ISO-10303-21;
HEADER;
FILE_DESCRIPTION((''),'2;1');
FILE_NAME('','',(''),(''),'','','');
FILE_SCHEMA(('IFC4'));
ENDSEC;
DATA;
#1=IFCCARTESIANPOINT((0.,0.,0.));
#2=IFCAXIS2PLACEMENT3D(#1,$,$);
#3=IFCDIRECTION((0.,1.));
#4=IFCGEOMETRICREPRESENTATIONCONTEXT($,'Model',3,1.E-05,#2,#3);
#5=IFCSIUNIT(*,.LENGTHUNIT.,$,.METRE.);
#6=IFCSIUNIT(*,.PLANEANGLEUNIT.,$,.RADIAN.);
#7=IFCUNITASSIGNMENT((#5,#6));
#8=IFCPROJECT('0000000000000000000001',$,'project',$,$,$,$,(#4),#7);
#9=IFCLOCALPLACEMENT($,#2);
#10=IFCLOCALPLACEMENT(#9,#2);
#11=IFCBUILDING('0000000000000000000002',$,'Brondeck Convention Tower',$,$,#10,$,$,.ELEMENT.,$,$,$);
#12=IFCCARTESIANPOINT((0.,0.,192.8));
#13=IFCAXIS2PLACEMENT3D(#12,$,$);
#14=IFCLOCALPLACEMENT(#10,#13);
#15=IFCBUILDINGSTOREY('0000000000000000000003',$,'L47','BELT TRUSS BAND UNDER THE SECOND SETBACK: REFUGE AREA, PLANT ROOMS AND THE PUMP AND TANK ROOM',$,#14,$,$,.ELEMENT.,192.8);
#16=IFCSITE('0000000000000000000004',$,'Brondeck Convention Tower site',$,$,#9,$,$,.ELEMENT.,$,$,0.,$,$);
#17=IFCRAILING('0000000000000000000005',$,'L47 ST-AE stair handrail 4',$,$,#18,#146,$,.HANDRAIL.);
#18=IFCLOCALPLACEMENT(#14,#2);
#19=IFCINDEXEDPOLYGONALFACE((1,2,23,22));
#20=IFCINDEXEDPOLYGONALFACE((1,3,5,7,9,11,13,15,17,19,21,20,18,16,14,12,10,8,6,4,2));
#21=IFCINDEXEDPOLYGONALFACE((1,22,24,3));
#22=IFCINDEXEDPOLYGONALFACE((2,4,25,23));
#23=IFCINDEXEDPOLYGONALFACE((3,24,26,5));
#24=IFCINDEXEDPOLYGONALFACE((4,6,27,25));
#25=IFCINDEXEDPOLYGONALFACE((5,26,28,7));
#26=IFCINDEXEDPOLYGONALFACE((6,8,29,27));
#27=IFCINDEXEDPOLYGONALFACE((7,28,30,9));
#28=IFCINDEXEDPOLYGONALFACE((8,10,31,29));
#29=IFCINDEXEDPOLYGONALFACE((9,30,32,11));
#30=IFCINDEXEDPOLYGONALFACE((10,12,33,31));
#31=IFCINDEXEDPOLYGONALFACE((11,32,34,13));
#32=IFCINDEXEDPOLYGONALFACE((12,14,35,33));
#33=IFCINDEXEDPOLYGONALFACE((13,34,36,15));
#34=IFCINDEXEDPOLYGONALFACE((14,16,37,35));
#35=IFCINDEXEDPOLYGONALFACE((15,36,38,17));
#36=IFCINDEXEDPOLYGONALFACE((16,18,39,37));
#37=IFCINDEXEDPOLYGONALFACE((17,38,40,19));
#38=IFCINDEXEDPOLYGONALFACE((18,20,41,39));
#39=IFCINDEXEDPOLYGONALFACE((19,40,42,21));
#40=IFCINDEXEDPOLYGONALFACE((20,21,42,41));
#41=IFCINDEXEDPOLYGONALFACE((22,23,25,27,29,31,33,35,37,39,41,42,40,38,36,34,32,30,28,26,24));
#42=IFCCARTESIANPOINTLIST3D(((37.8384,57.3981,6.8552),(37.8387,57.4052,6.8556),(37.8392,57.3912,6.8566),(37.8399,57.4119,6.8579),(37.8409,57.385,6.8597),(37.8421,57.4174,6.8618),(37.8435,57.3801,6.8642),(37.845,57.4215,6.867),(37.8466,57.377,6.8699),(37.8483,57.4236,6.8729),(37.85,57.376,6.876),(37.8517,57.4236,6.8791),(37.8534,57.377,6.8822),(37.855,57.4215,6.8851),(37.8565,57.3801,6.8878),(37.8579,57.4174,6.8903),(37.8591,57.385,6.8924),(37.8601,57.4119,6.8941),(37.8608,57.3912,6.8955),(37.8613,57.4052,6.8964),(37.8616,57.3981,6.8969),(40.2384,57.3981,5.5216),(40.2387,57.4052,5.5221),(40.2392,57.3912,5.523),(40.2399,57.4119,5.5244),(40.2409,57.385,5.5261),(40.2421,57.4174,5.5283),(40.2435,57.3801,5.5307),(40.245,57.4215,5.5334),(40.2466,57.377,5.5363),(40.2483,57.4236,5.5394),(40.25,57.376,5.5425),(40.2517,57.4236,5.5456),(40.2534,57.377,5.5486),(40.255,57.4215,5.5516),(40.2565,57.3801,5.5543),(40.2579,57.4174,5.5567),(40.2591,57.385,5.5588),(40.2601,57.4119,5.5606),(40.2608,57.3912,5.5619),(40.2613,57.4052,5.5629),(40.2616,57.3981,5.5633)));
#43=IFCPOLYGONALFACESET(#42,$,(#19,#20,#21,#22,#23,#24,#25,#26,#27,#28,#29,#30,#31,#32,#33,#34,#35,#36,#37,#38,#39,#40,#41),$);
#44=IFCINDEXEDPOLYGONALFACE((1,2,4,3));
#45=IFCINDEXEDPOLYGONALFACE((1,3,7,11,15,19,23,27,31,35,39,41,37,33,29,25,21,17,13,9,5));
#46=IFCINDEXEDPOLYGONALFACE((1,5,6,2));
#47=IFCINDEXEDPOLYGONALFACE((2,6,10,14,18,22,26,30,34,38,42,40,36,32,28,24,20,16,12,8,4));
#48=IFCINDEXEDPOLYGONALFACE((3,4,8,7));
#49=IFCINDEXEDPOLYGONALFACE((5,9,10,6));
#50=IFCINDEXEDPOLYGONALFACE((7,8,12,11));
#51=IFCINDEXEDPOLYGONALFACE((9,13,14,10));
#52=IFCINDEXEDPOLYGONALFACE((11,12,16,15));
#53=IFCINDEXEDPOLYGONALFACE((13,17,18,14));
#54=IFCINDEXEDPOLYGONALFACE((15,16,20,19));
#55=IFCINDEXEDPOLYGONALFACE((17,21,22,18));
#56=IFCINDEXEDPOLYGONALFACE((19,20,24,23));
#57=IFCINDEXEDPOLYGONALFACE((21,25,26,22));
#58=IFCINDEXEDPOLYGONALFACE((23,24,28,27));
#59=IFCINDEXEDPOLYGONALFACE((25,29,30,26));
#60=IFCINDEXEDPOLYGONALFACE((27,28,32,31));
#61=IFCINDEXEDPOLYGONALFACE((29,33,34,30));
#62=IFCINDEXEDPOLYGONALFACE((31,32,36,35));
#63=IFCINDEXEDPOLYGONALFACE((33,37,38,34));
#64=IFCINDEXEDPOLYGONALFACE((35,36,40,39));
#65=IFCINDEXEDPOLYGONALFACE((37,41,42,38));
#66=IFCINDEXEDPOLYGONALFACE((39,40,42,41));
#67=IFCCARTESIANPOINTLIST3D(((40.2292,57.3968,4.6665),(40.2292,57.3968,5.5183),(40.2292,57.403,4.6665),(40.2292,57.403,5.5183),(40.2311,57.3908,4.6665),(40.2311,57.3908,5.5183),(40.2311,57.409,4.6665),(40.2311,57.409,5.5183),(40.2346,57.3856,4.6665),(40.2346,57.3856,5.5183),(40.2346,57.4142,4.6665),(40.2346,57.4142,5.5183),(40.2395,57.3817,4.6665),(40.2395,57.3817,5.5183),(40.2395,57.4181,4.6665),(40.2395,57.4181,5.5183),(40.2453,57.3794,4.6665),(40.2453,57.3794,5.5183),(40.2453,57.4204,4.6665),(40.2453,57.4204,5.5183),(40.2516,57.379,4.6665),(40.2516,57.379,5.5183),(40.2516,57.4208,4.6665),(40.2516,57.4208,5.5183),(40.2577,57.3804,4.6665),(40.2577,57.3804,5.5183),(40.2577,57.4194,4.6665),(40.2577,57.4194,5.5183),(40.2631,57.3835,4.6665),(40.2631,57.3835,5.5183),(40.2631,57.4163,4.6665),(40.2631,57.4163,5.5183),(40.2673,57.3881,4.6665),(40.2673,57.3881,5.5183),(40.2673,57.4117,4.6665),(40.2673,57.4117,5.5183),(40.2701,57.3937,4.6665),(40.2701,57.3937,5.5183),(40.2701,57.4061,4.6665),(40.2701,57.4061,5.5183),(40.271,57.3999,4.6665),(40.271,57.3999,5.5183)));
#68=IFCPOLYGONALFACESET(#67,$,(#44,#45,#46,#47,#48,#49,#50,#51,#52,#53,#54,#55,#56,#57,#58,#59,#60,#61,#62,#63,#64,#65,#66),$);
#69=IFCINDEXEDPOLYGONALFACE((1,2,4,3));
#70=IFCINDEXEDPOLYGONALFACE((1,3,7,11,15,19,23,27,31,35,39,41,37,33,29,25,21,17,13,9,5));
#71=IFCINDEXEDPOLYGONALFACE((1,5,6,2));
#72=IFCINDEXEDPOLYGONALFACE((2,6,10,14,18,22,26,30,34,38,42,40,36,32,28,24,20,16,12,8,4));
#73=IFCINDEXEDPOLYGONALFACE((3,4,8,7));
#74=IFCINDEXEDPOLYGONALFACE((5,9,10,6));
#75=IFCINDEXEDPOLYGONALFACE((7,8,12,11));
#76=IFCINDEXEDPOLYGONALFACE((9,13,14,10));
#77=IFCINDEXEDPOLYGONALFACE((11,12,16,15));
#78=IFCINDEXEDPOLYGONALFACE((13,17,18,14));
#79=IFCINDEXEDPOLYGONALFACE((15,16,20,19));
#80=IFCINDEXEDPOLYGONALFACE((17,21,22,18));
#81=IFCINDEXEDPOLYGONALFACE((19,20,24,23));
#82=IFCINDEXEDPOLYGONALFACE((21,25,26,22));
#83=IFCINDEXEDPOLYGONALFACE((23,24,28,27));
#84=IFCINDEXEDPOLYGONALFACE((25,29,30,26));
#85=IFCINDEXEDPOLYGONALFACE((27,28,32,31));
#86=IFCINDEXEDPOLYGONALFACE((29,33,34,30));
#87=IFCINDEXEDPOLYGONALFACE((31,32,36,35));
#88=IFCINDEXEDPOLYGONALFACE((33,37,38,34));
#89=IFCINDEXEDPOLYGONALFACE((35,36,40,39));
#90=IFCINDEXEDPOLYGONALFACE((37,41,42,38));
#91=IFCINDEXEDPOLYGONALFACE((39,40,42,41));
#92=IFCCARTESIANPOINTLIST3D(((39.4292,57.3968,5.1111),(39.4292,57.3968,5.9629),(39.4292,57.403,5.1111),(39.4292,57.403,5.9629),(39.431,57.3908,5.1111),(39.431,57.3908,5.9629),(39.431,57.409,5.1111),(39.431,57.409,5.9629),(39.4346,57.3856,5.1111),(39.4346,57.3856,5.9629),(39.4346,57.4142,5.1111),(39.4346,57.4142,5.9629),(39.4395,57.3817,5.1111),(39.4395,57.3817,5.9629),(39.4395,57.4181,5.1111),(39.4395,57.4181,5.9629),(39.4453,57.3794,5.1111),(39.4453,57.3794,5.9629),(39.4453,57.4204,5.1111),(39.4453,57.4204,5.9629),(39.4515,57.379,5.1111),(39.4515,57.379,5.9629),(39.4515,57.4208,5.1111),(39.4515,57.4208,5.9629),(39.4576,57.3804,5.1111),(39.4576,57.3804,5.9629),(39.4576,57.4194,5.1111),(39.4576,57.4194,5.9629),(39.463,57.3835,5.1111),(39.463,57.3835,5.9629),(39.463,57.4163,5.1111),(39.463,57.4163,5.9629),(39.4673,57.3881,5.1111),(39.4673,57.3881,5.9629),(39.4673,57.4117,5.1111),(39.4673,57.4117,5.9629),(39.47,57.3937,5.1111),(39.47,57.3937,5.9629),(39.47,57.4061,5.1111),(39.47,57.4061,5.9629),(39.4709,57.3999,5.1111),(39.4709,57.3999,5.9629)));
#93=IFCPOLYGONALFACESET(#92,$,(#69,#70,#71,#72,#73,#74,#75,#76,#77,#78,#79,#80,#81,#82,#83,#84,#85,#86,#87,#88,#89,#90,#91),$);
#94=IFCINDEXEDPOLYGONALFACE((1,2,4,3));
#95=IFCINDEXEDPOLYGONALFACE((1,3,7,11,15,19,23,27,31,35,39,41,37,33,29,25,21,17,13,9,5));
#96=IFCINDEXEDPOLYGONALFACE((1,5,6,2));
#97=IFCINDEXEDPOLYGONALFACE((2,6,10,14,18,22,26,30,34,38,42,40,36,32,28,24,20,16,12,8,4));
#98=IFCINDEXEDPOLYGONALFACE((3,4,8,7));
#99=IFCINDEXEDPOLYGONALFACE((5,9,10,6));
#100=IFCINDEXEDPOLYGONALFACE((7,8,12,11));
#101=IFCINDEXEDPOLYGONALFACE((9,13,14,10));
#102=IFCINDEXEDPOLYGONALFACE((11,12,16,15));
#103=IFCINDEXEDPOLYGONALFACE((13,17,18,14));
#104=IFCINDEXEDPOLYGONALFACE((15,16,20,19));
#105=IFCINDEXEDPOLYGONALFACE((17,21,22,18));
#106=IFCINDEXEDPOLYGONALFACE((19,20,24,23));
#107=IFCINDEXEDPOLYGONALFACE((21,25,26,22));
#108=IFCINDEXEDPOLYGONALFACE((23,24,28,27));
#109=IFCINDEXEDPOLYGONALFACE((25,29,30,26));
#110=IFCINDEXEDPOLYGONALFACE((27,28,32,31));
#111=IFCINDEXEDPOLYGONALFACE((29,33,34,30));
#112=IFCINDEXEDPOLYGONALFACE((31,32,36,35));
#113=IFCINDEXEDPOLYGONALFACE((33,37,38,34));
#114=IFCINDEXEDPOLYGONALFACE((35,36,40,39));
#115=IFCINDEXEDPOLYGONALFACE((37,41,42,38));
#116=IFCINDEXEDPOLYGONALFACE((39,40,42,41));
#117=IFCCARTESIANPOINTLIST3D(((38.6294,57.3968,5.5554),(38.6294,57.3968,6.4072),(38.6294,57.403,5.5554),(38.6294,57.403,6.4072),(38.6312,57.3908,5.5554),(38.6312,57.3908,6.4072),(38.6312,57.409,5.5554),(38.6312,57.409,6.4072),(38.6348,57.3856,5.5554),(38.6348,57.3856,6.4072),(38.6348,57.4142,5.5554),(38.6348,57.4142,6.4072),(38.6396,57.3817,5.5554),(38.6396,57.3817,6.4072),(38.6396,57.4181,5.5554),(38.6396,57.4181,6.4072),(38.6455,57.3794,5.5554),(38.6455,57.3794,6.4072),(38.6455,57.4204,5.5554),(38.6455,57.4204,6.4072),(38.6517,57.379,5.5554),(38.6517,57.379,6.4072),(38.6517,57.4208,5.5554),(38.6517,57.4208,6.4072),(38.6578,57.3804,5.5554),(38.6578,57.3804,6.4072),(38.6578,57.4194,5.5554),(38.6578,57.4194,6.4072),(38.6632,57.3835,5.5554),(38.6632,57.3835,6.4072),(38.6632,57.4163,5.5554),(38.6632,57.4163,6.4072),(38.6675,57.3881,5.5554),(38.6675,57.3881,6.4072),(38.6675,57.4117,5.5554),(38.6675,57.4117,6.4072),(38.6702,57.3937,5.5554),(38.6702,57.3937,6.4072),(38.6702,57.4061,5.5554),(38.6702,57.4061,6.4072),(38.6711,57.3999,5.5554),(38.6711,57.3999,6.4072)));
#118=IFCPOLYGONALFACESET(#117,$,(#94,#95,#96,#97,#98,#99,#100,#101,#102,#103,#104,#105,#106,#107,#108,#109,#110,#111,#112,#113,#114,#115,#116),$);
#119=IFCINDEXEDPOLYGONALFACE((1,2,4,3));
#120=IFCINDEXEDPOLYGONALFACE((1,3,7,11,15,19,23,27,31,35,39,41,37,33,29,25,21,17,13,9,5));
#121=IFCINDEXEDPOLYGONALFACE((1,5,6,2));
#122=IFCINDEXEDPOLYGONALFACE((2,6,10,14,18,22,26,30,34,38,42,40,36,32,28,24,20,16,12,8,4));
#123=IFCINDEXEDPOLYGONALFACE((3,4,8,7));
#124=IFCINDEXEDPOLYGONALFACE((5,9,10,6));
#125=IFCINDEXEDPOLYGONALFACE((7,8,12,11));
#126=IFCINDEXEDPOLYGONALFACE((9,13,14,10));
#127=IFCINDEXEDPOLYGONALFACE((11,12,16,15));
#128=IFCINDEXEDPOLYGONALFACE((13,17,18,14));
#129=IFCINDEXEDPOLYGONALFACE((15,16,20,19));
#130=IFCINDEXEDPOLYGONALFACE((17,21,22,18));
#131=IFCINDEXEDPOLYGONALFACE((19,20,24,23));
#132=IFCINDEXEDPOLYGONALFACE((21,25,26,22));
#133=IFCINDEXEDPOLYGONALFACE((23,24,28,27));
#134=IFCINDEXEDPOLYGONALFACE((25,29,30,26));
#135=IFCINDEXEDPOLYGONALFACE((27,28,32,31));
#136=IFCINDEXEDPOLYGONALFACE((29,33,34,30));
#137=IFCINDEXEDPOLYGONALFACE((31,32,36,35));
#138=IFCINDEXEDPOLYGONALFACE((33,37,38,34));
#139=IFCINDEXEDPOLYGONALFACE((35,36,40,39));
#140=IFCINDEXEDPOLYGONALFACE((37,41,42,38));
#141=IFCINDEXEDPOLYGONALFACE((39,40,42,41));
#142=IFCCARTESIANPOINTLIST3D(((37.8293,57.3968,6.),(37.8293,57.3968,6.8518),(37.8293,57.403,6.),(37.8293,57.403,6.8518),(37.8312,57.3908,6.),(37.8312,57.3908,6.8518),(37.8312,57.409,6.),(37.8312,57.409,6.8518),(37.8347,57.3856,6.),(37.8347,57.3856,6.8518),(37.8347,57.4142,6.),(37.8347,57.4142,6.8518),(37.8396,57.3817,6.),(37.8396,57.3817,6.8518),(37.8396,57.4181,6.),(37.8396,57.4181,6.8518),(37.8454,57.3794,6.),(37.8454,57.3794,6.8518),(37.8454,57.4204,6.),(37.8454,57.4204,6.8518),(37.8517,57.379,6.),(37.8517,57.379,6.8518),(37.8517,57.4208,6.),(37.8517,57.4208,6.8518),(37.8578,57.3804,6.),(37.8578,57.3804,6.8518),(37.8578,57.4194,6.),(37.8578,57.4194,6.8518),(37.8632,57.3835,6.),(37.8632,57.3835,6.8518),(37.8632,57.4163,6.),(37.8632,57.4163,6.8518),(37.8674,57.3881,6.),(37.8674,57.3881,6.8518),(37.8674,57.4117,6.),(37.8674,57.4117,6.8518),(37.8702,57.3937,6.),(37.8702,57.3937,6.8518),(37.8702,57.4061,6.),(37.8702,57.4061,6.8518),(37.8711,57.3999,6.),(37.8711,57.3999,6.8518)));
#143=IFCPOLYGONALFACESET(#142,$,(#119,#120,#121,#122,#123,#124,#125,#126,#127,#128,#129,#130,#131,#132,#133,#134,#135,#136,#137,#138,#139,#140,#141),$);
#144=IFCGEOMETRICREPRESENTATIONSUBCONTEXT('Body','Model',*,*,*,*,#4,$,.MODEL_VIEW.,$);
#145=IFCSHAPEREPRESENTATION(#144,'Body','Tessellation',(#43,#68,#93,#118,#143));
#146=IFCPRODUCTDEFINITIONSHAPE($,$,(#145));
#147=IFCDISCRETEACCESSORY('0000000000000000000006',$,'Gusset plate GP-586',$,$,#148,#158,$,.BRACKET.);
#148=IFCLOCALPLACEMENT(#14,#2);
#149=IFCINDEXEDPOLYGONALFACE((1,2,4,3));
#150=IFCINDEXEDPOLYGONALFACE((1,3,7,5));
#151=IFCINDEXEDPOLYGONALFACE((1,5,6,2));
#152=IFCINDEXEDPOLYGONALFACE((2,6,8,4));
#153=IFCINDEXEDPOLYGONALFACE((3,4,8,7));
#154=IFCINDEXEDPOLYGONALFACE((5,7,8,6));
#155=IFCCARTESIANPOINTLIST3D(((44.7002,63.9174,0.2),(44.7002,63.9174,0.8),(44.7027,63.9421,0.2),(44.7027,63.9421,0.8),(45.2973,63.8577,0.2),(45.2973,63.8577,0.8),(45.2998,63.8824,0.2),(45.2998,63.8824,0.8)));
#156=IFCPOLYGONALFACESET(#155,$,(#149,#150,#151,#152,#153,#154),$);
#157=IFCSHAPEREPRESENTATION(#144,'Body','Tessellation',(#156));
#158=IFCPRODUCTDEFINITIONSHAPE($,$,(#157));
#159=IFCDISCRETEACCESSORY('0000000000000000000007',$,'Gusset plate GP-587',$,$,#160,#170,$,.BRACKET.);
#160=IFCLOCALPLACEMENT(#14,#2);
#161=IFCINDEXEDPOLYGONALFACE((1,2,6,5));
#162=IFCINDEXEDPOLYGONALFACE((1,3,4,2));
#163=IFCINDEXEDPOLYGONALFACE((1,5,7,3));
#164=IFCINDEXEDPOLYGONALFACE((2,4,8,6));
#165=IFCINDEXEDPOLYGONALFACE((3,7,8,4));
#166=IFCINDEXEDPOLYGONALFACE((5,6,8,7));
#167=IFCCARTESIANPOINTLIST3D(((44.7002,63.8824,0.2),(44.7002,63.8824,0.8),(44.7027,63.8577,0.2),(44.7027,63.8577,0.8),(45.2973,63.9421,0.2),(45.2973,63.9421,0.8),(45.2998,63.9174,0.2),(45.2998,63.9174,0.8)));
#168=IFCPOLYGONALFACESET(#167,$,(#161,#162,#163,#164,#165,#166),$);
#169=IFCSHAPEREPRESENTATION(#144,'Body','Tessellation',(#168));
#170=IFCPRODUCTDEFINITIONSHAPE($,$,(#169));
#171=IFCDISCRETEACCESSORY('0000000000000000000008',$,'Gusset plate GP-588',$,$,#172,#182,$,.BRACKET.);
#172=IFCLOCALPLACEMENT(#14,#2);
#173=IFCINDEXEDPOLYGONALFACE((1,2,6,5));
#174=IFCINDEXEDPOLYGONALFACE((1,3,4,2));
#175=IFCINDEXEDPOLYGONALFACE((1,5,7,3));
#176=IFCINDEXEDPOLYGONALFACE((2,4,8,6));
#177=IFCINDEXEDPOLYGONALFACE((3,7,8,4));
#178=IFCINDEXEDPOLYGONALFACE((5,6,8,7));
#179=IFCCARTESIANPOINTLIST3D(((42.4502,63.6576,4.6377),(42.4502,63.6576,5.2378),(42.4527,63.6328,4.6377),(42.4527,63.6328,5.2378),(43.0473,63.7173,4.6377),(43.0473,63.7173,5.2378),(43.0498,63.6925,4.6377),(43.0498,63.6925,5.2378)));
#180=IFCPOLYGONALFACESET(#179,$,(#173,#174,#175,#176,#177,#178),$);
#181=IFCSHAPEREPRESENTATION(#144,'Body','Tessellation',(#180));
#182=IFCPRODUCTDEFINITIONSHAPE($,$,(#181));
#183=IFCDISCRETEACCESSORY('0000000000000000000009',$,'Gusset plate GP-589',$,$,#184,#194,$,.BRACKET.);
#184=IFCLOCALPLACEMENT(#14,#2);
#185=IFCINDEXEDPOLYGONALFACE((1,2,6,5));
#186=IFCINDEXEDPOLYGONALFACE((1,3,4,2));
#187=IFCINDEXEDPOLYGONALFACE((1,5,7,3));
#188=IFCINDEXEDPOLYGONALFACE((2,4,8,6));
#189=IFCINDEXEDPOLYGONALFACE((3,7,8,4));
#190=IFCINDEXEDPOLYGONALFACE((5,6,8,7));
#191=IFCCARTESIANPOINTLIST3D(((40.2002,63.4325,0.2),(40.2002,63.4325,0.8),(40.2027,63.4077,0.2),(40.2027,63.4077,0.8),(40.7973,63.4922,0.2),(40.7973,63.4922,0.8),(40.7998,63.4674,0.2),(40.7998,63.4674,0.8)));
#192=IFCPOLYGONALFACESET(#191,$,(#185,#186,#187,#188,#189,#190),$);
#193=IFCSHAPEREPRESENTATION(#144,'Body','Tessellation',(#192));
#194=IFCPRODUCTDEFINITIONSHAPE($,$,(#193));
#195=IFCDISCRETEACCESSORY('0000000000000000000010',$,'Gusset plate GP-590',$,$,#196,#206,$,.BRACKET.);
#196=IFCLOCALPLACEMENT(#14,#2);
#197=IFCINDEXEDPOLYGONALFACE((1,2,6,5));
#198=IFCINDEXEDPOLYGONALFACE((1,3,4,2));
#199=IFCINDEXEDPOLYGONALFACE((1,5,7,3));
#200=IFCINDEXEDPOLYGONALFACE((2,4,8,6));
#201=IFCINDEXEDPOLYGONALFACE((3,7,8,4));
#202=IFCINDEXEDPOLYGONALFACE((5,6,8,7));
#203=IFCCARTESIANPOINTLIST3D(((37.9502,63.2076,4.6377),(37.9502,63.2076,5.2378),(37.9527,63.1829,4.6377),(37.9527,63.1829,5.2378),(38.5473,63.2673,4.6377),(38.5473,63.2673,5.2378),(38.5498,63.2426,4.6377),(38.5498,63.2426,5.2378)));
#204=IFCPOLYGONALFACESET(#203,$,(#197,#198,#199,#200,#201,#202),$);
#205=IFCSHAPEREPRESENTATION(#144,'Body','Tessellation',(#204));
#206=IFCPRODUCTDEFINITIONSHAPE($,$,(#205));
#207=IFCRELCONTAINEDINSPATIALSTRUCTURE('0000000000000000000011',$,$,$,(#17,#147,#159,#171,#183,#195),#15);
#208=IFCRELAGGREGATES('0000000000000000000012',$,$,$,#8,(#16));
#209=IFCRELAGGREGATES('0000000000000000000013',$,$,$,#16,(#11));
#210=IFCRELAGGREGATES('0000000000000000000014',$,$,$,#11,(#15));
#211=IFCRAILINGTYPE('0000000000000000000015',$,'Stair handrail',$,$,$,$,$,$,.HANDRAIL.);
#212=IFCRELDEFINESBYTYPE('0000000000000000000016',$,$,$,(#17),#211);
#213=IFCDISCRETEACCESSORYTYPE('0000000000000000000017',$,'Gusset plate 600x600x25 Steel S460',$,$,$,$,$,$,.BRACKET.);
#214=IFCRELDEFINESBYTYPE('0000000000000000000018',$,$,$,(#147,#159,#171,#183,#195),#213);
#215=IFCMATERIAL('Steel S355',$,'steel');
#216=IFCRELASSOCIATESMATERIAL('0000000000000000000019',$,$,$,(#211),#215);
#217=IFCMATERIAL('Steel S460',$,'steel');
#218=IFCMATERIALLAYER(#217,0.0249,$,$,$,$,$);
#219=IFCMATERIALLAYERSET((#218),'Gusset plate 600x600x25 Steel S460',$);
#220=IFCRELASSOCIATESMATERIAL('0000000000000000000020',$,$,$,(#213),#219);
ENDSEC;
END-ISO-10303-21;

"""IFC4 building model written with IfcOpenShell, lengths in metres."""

from ifc_helpers import new_model, si_unit, direction, frame, origin, origin_2d, place, context, subcontext, project, spatial, rectangle, circle, extrude, material, layer, layer_set, type_object, element, save


model = new_model("IFC4")

# Units and contexts
model_context = context("Model", 3, precision=1e-05, world=origin(), true_north=direction((0.0, 1.0)))
body_context = subcontext(model_context, "Body", "Model", "MODEL_VIEW")
ifc_project = project(units=[si_unit("LENGTHUNIT", "METRE"), si_unit("PLANEANGLEUNIT", "RADIAN")], contexts=[model_context])

# Site, building, storey
site_placement = place(None, origin())
site = spatial("IfcSite", under=ifc_project, at=site_placement, Name="Brondeck Convention Tower site", CompositionType="ELEMENT", RefElevation=0.0)
building_placement = place(site_placement, origin())
building = spatial("IfcBuilding", under=site, at=building_placement, Name="Brondeck Convention Tower", CompositionType="ELEMENT")
storey_placement = place(building_placement, frame((0.0, 0.0, 192.8)))
storey = spatial("IfcBuildingStorey", under=building, at=storey_placement, Name="L47", Description="BELT TRUSS BAND UNDER THE SECOND SETBACK: REFUGE AREA, PLANT ROOMS AND THE PUMP AND TANK ROOM", CompositionType="ELEMENT", Elevation=192.8)

# Shared definitions
ifc_material_1 = material(Name="Steel S460", Category="steel")

# Shared definitions
ifc_material_2 = material(Name="Steel S355", Category="steel")

# Railing
railing_type_1 = type_object("IfcRailingType", Name="Stair handrail", PredefinedType="HANDRAIL", material=ifc_material_2)
railing_1_placement = place(storey_placement, frame((40.25, 57.3999, 4.6665)))
element("IfcRailing", 1, at=railing_1_placement, inside=storey, type_object=railing_type_1, Name="L47 ST-AE stair handrail 4", PredefinedType="HANDRAIL", context=body_context, shape_type="SweptSolid", body=[
    extrude(circle(Radius=0.0239, at=origin_2d()), frame((0.0, 0.0, 0.876), z_axis=(-0.874124, 0.0, 0.485703), x_axis=(0.0, -1.0, 0.0)), (0.0, 0.0, 1.0), 2.7456),
    extrude(circle(Radius=0.021, at=origin_2d()), origin(), (0.0, 0.0, 1.0), 0.8518),
    extrude(circle(Radius=0.021, at=origin_2d()), frame((-0.8, 0.0, 0.4446)), (0.0, 0.0, 1.0), 0.8518),
    extrude(circle(Radius=0.021, at=origin_2d()), frame((-1.5999, 0.0, 0.8889)), (0.0, 0.0, 1.0), 0.8518),
    extrude(circle(Radius=0.021, at=origin_2d()), frame((-2.3999, 0.0, 1.3335)), (0.0, 0.0, 1.0), 0.8518),
])

# Discrete accessories
ifc_layer_1 = layer(ifc_material_1, 0.0249)
ifc_layer_set_1 = layer_set([ifc_layer_1], Name="Gusset plate 600x600x25 Steel S460")
discrete_accessory_type = type_object("IfcDiscreteAccessoryType", Name="Gusset plate 600x600x25 Steel S460", PredefinedType="BRACKET", material=ifc_layer_set_1)
for number, where, z_axis, x_axis, name in (
    (2, (45.0, 63.8999, 0.2), (0.0, 0.0, 1.0), (-0.995036, 0.099511, 0.0), "Gusset plate GP-586"),
    (3, (45.0, 63.8999, 0.2), (0.0, 0.0, 1.0), (0.995036, 0.099511, 0.0), "Gusset plate GP-587"),
    (4, (42.75, 63.675, 4.6377), (0.0, 0.0, 1.0), (0.995036, 0.099511, 0.0), "Gusset plate GP-588"),
    (5, (40.5, 63.45, 0.2), (0.0, 0.0, 1.0), (0.995036, 0.099511, 0.0), "Gusset plate GP-589"),
    (6, (38.25, 63.2251, 4.6377), (0.0, 0.0, 1.0), (0.995036, 0.099511, 0.0), "Gusset plate GP-590"),
):
    element("IfcDiscreteAccessory", number, at=place(storey_placement, frame(where, z_axis=z_axis, x_axis=x_axis)), inside=storey, type_object=discrete_accessory_type, Name=name, PredefinedType="BRACKET", context=body_context, shape_type="SweptSolid", body=[
        extrude(rectangle(XDim=0.6001, YDim=0.0249, at=origin_2d()), origin(), (0.0, 0.0, 1.0), 0.6001),
    ])

save(model, "model.ifc")
